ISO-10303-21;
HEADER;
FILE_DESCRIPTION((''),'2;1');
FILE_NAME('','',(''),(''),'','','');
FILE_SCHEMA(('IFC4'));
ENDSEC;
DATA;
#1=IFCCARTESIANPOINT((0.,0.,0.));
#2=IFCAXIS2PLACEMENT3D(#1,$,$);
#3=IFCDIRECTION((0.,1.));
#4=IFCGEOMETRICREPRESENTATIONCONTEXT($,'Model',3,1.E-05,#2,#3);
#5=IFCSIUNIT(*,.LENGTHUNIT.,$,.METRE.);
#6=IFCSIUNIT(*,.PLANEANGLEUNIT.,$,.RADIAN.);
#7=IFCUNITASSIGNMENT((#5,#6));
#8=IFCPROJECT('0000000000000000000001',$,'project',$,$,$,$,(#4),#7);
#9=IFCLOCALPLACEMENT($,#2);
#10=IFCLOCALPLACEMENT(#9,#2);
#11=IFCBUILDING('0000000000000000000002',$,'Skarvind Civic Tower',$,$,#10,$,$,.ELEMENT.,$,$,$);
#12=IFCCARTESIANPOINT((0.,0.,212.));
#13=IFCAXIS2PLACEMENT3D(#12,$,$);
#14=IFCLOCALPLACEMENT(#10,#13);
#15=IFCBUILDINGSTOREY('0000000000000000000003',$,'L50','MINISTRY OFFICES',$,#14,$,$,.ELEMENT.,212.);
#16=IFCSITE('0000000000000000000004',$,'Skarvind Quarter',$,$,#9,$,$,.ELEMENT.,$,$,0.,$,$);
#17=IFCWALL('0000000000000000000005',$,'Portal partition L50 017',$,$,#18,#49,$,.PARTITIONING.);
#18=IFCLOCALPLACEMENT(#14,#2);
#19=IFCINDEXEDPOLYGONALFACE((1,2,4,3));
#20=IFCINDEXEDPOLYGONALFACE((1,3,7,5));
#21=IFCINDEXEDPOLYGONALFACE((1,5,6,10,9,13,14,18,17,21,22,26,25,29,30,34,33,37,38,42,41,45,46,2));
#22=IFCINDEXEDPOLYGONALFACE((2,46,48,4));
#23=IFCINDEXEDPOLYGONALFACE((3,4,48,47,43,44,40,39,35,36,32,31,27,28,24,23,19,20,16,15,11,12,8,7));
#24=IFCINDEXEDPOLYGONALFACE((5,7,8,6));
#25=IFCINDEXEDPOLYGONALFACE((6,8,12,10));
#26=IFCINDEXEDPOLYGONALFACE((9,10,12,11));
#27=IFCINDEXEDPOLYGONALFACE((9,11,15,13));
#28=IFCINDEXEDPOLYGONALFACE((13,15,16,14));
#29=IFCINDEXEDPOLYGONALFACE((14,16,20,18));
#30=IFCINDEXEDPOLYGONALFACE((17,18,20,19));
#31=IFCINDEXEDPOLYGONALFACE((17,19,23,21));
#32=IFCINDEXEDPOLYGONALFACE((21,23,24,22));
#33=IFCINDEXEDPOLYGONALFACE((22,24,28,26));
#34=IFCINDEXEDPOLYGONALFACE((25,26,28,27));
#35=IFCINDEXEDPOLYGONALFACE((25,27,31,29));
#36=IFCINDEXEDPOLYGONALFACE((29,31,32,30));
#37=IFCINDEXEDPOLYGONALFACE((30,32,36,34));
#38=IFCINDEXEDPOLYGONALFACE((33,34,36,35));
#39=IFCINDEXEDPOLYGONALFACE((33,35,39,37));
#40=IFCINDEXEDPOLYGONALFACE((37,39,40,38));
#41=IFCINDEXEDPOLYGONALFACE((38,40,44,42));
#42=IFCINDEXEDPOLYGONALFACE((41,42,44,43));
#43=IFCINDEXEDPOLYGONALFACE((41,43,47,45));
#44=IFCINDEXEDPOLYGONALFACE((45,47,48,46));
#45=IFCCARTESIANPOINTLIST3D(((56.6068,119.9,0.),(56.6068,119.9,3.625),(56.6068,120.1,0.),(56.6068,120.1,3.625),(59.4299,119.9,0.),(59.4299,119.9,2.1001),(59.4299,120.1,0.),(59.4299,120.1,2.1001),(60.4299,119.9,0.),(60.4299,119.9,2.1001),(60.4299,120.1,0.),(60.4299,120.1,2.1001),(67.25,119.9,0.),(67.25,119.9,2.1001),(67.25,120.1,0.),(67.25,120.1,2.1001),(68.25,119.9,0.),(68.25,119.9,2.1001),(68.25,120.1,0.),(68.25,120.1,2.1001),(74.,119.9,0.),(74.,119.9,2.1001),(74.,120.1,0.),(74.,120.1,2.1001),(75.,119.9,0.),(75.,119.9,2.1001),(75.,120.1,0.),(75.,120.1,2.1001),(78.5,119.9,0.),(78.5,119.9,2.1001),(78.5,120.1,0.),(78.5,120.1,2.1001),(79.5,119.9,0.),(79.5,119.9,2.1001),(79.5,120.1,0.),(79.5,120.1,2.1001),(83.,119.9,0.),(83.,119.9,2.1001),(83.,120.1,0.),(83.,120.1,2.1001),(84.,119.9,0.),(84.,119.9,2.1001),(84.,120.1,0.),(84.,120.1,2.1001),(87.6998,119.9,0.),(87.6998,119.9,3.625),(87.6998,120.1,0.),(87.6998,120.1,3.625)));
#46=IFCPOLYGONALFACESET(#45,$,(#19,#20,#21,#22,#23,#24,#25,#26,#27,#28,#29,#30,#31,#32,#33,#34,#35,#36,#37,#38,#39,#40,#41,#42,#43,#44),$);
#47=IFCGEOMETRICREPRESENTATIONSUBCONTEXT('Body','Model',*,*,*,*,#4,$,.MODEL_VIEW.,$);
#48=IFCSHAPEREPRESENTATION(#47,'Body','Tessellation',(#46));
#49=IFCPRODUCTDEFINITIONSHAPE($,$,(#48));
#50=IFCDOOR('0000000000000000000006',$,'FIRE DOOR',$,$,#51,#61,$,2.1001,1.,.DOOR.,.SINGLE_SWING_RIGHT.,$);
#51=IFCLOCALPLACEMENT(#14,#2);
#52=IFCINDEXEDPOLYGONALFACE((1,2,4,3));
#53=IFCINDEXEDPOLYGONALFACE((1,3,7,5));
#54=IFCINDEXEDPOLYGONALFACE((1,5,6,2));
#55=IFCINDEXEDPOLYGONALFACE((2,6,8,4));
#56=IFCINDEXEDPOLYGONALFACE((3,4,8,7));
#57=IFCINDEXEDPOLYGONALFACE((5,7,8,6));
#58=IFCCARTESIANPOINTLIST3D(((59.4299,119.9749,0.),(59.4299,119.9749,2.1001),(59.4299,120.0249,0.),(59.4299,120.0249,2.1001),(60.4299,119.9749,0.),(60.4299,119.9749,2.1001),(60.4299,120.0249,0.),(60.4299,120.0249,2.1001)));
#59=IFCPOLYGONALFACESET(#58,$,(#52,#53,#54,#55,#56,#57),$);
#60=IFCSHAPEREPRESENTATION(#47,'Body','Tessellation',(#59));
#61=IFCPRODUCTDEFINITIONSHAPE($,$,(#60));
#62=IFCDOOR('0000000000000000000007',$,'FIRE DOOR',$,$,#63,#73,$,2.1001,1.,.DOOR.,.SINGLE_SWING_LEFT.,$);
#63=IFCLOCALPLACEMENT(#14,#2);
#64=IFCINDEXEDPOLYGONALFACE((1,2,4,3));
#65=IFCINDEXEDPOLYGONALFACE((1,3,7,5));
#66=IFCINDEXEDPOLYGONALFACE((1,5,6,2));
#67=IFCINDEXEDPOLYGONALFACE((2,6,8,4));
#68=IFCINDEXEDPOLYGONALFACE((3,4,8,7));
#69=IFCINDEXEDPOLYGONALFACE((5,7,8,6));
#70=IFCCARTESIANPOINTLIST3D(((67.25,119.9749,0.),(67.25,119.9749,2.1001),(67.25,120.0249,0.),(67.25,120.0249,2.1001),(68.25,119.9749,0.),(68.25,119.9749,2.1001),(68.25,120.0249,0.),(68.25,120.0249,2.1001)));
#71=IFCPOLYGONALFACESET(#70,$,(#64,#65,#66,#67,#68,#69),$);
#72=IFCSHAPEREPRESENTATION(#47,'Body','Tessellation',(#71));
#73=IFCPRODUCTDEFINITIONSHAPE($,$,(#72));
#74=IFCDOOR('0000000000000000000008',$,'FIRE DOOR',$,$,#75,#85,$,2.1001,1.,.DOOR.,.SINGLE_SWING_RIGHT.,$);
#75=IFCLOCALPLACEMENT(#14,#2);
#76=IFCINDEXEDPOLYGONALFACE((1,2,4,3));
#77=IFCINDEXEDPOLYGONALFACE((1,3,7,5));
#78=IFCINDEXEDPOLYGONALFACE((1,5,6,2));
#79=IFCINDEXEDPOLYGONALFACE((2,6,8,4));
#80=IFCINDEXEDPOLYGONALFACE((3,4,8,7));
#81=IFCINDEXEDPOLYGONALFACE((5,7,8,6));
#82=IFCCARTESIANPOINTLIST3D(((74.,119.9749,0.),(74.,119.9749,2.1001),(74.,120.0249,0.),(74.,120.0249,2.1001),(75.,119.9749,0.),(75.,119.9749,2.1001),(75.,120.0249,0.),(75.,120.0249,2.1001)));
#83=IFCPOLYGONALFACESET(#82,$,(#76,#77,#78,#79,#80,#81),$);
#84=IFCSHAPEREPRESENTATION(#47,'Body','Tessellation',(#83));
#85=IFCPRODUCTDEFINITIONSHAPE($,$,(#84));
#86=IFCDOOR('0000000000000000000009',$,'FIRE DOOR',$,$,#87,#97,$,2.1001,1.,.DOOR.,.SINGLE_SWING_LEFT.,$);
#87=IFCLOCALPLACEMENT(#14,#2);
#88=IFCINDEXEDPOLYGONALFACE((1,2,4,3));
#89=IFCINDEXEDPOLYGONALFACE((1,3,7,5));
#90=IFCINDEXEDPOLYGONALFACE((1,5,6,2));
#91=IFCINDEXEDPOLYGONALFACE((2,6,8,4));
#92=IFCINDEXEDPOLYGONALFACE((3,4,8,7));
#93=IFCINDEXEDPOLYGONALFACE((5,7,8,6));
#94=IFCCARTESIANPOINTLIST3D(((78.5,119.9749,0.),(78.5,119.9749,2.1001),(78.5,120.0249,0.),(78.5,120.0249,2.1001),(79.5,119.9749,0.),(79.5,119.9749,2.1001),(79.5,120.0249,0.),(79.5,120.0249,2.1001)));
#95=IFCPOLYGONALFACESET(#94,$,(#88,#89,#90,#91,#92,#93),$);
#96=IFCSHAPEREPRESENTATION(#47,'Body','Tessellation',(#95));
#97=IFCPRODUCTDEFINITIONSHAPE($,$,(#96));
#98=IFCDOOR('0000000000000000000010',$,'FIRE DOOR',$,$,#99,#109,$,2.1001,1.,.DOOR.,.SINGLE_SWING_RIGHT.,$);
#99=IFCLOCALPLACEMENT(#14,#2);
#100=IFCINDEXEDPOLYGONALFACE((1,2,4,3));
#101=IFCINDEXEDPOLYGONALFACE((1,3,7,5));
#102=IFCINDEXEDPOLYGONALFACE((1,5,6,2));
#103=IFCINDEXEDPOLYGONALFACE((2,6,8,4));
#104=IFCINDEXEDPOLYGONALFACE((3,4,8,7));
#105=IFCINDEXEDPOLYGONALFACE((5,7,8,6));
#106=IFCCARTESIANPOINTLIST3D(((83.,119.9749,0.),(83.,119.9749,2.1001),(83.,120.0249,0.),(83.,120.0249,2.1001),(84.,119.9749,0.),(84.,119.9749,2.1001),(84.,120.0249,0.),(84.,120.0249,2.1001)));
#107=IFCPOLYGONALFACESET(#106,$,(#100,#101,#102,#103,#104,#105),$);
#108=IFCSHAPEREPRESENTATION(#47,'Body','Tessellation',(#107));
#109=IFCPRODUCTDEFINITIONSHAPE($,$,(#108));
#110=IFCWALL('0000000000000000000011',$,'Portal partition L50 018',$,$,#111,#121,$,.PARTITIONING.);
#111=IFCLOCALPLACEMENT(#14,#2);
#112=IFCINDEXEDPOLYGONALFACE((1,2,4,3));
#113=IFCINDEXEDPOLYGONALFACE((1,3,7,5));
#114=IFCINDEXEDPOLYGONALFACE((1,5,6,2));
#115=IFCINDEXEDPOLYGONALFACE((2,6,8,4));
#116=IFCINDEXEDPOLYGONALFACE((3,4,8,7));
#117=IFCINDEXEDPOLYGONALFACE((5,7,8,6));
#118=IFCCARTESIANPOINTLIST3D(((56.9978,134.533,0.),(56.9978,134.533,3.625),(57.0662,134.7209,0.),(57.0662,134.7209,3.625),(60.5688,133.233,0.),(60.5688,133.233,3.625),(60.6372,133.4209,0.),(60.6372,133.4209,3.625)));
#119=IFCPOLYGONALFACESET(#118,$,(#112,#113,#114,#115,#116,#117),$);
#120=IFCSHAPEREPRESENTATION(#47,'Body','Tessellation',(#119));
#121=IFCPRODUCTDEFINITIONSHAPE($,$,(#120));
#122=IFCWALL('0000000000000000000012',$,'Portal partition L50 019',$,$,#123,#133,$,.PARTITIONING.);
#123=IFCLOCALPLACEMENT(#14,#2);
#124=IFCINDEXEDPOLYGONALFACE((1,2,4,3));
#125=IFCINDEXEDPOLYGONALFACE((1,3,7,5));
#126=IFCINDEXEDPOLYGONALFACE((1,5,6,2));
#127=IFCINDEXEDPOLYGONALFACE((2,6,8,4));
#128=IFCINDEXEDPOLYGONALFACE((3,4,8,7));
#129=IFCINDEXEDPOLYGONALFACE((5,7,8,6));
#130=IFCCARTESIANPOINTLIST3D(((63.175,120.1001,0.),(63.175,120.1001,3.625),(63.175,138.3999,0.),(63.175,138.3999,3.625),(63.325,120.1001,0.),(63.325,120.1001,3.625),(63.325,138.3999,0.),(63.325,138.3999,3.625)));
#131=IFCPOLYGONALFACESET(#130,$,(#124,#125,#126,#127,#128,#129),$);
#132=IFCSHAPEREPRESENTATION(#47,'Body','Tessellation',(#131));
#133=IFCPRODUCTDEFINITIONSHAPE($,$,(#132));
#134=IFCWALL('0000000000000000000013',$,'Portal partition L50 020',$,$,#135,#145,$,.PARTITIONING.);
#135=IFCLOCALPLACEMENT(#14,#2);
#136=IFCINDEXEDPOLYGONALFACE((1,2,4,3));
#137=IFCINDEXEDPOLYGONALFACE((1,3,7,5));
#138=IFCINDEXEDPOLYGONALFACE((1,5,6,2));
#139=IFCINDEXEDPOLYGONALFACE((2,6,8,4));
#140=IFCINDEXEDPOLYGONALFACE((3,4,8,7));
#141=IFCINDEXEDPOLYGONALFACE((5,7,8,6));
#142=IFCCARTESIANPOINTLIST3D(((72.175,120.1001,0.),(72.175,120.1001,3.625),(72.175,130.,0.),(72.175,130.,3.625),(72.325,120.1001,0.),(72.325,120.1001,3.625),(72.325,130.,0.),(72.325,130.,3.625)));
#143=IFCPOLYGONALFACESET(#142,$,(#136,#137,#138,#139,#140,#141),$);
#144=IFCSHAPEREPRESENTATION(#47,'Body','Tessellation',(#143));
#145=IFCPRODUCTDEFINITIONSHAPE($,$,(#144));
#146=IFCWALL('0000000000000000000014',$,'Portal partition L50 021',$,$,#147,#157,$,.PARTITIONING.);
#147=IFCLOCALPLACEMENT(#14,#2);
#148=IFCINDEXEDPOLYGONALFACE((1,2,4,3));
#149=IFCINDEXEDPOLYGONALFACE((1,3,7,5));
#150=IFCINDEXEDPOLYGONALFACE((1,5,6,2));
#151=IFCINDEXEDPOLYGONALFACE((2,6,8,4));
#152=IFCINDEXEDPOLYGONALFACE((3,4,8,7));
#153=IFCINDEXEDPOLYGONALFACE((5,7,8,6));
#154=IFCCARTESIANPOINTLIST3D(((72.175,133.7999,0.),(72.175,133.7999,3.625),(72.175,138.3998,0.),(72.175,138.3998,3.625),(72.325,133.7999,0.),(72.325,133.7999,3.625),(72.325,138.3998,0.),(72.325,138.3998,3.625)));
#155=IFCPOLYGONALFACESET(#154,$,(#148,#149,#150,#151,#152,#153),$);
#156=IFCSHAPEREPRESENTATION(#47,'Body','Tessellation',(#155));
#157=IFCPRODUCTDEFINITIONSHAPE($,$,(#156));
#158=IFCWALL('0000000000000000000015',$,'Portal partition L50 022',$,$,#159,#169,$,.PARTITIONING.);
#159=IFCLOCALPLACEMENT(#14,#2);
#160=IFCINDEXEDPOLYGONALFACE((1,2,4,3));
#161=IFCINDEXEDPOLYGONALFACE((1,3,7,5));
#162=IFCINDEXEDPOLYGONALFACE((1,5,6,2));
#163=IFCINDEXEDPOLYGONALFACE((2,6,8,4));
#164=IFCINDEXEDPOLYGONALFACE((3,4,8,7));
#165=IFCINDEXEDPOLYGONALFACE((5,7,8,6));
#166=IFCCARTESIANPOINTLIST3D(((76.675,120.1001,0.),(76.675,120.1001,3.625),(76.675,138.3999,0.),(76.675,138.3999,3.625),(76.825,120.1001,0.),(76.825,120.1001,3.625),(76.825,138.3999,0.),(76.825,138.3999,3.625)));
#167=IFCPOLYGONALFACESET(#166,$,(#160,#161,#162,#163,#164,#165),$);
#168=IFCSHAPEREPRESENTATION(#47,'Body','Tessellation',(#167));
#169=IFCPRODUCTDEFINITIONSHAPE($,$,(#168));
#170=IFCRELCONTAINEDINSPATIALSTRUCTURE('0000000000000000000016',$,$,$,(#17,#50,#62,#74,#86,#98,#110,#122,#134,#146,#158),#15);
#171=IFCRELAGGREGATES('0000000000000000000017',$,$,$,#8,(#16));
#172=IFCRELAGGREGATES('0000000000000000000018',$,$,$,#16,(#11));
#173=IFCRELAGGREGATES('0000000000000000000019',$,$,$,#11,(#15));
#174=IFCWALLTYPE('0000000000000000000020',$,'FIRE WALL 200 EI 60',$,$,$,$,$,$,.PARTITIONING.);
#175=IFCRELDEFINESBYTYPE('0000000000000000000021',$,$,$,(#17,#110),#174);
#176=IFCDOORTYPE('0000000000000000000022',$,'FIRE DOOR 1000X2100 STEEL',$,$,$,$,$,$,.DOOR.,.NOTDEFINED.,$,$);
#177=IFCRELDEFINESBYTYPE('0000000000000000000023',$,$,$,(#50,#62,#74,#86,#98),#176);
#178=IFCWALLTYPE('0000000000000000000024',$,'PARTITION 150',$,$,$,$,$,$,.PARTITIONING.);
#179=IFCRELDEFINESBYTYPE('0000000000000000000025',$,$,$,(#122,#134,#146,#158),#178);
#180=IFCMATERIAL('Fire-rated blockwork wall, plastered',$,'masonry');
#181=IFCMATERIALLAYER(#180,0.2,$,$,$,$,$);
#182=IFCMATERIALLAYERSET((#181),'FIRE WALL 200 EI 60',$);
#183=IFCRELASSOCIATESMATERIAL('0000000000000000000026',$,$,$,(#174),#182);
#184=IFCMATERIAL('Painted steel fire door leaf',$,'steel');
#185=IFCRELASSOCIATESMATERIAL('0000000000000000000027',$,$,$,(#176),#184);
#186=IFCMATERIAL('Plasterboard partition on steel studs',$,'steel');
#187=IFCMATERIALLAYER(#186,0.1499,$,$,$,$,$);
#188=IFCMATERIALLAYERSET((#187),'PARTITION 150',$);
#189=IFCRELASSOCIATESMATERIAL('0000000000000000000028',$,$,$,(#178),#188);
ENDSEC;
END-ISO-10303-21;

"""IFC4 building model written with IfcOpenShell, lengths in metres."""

from ifc_helpers import new_model, si_unit, direction, frame, frame_2d, origin, place, context, subcontext, project, spatial, rectangle, extrude, material, layer, layer_set, type_object, element, fill, save


model = new_model("IFC4")

# Units and contexts
model_context = context("Model", 3, precision=1e-05, world=origin(), true_north=direction((0.0, 1.0)))
body_context = subcontext(model_context, "Body", "Model", "MODEL_VIEW")
ifc_project = project(units=[si_unit("LENGTHUNIT", "METRE"), si_unit("PLANEANGLEUNIT", "RADIAN")], contexts=[model_context])

# Site, building, storey
site_placement = place(None, origin())
site = spatial("IfcSite", under=ifc_project, at=site_placement, Name="Skarvind Quarter", CompositionType="ELEMENT", RefElevation=0.0)
building_placement = place(site_placement, origin())
building = spatial("IfcBuilding", under=site, at=building_placement, Name="Skarvind Civic Tower", CompositionType="ELEMENT")
storey_placement = place(building_placement, frame((0.0, 0.0, 212.0)))
storey = spatial("IfcBuildingStorey", under=building, at=storey_placement, Name="L50", Description="MINISTRY OFFICES", CompositionType="ELEMENT", Elevation=212.0)

# Shared definitions
ifc_material_1 = material(Name="Fire-rated blockwork wall, plastered", Category="masonry")
ifc_layer_1 = layer(ifc_material_1, 0.2)
ifc_layer_set_1 = layer_set([ifc_layer_1], Name="FIRE WALL 200 EI 60")
wall_type_1 = type_object("IfcWallType", Name="FIRE WALL 200 EI 60", PredefinedType="PARTITIONING", material=ifc_layer_set_1)

# Wall, openings, doors
wall_1_placement = place(storey_placement, frame((56.6069, 120.0, 0.0), z_axis=(0.0, 0.0, 1.0), x_axis=(1.0, 0.0, 0.0)))
wall_1 = element("IfcWall", 1, at=wall_1_placement, inside=storey, type_object=wall_type_1, Name="Portal partition L50 017", PredefinedType="PARTITIONING", context=body_context, shape_type="SweptSolid", body=[
    extrude(rectangle(XDim=31.093, YDim=0.2, at=frame_2d((15.5464, 0.0))), origin(), (0.0, 0.0, 1.0), 3.625),
])
opening_1_placement = place(wall_1_placement, frame((2.823, 0.0, 0.0)))
opening_1 = element("IfcOpeningElement", 2, at=opening_1_placement, cuts=wall_1, PredefinedType="OPENING", context=body_context, shape_type="SweptSolid", body=[
    extrude(rectangle(XDim=1.0, YDim=2.1001, at=frame_2d((0.5, 1.05))), frame((0.0, 0.1099, 0.0), z_axis=(0.0, -1.0, 0.0), x_axis=(1.0, 0.0, 0.0)), (0.0, 0.0, 1.0), 0.22),
])
opening_2_placement = place(wall_1_placement, frame((10.6431, 0.0, 0.0)))
opening_2 = element("IfcOpeningElement", 3, at=opening_2_placement, cuts=wall_1, PredefinedType="OPENING", context=body_context, shape_type="SweptSolid", body=[
    extrude(rectangle(XDim=1.0, YDim=2.1001, at=frame_2d((0.5, 1.05))), frame((0.0, 0.1099, 0.0), z_axis=(0.0, -1.0, 0.0), x_axis=(1.0, 0.0, 0.0)), (0.0, 0.0, 1.0), 0.22),
])
opening_3_placement = place(wall_1_placement, frame((17.3931, 0.0, 0.0)))
opening_3 = element("IfcOpeningElement", 4, at=opening_3_placement, cuts=wall_1, PredefinedType="OPENING", context=body_context, shape_type="SweptSolid", body=[
    extrude(rectangle(XDim=1.0, YDim=2.1001, at=frame_2d((0.5, 1.05))), frame((0.0, 0.1099, 0.0), z_axis=(0.0, -1.0, 0.0), x_axis=(1.0, 0.0, 0.0)), (0.0, 0.0, 1.0), 0.22),
])
opening_4_placement = place(wall_1_placement, frame((21.8931, 0.0, 0.0)))
opening_4 = element("IfcOpeningElement", 5, at=opening_4_placement, cuts=wall_1, PredefinedType="OPENING", context=body_context, shape_type="SweptSolid", body=[
    extrude(rectangle(XDim=1.0, YDim=2.1001, at=frame_2d((0.5, 1.05))), frame((0.0, 0.1099, 0.0), z_axis=(0.0, -1.0, 0.0), x_axis=(1.0, 0.0, 0.0)), (0.0, 0.0, 1.0), 0.22),
])
opening_5_placement = place(wall_1_placement, frame((26.3931, 0.0, 0.0)))
opening_5 = element("IfcOpeningElement", 6, at=opening_5_placement, cuts=wall_1, PredefinedType="OPENING", context=body_context, shape_type="SweptSolid", body=[
    extrude(rectangle(XDim=1.0, YDim=2.1001, at=frame_2d((0.5, 1.05))), frame((0.0, 0.1099, 0.0), z_axis=(0.0, -1.0, 0.0), x_axis=(1.0, 0.0, 0.0)), (0.0, 0.0, 1.0), 0.22),
])
ifc_material_2 = material(Name="Painted steel fire door leaf", Category="steel")
door_type_1 = type_object("IfcDoorType", Name="FIRE DOOR 1000X2100 STEEL", OperationType="NOTDEFINED", PredefinedType="DOOR", material=ifc_material_2)
door_1_placement = place(opening_1_placement, origin())
door_1 = element("IfcDoor", 7, at=door_1_placement, inside=storey, type_object=door_type_1, Name="FIRE DOOR", OperationType="SINGLE_SWING_RIGHT", OverallHeight=2.1001, OverallWidth=1.0, PredefinedType="DOOR", context=body_context, shape_type="SweptSolid", body=[
    extrude(rectangle(XDim=1.0, YDim=2.1001, at=frame_2d((0.5, 1.05))), frame((0.0, 0.0249, 0.0), z_axis=(0.0, -1.0, 0.0), x_axis=(1.0, 0.0, 0.0)), (0.0, 0.0, 1.0), 0.05),
])
fill(opening_1, door_1)
door_2_placement = place(opening_2_placement, origin())
door_2 = element("IfcDoor", 8, at=door_2_placement, inside=storey, type_object=door_type_1, Name="FIRE DOOR", OperationType="SINGLE_SWING_LEFT", OverallHeight=2.1001, OverallWidth=1.0, PredefinedType="DOOR", context=body_context, shape_type="SweptSolid", body=[
    extrude(rectangle(XDim=1.0, YDim=2.1001, at=frame_2d((0.5, 1.05))), frame((0.0, 0.0249, 0.0), z_axis=(0.0, -1.0, 0.0), x_axis=(1.0, 0.0, 0.0)), (0.0, 0.0, 1.0), 0.05),
])
fill(opening_2, door_2)
door_3_placement = place(opening_3_placement, origin())
door_3 = element("IfcDoor", 9, at=door_3_placement, inside=storey, type_object=door_type_1, Name="FIRE DOOR", OperationType="SINGLE_SWING_RIGHT", OverallHeight=2.1001, OverallWidth=1.0, PredefinedType="DOOR", context=body_context, shape_type="SweptSolid", body=[
    extrude(rectangle(XDim=1.0, YDim=2.1001, at=frame_2d((0.5, 1.05))), frame((0.0, 0.0249, 0.0), z_axis=(0.0, -1.0, 0.0), x_axis=(1.0, 0.0, 0.0)), (0.0, 0.0, 1.0), 0.05),
])
fill(opening_3, door_3)
door_4_placement = place(opening_4_placement, origin())
door_4 = element("IfcDoor", 10, at=door_4_placement, inside=storey, type_object=door_type_1, Name="FIRE DOOR", OperationType="SINGLE_SWING_LEFT", OverallHeight=2.1001, OverallWidth=1.0, PredefinedType="DOOR", context=body_context, shape_type="SweptSolid", body=[
    extrude(rectangle(XDim=1.0, YDim=2.1001, at=frame_2d((0.5, 1.05))), frame((0.0, 0.0249, 0.0), z_axis=(0.0, -1.0, 0.0), x_axis=(1.0, 0.0, 0.0)), (0.0, 0.0, 1.0), 0.05),
])
fill(opening_4, door_4)
door_5_placement = place(opening_5_placement, origin())
door_5 = element("IfcDoor", 11, at=door_5_placement, inside=storey, type_object=door_type_1, Name="FIRE DOOR", OperationType="SINGLE_SWING_RIGHT", OverallHeight=2.1001, OverallWidth=1.0, PredefinedType="DOOR", context=body_context, shape_type="SweptSolid", body=[
    extrude(rectangle(XDim=1.0, YDim=2.1001, at=frame_2d((0.5, 1.05))), frame((0.0, 0.0249, 0.0), z_axis=(0.0, -1.0, 0.0), x_axis=(1.0, 0.0, 0.0)), (0.0, 0.0, 1.0), 0.05),
])
fill(opening_5, door_5)

# Walls
wall_2_placement = place(storey_placement, frame((57.032, 134.627, 0.0), z_axis=(0.0, 0.0, 1.0), x_axis=(0.939668, -0.342089, 0.0)))
element("IfcWall", 12, at=wall_2_placement, inside=storey, type_object=wall_type_1, Name="Portal partition L50 018", PredefinedType="PARTITIONING", context=body_context, shape_type="SweptSolid", body=[
    extrude(rectangle(XDim=3.8003, YDim=0.2, at=frame_2d((1.9001, 0.0))), origin(), (0.0, 0.0, 1.0), 3.625),
])
ifc_material_3 = material(Name="Plasterboard partition on steel studs", Category="steel")
ifc_layer_2 = layer(ifc_material_3, 0.1499)
ifc_layer_set_2 = layer_set([ifc_layer_2], Name="PARTITION 150")
wall_type_2 = type_object("IfcWallType", Name="PARTITION 150", PredefinedType="PARTITIONING", material=ifc_layer_set_2)
wall_3_placement = place(storey_placement, frame((63.25, 120.1001, 0.0), z_axis=(0.0, 0.0, 1.0), x_axis=(0.0, 1.0, 0.0)))
element("IfcWall", 13, at=wall_3_placement, inside=storey, type_object=wall_type_2, Name="Portal partition L50 019", PredefinedType="PARTITIONING", context=body_context, shape_type="SweptSolid", body=[
    extrude(rectangle(XDim=18.2998, YDim=0.1499, at=frame_2d((9.1499, 0.0))), origin(), (0.0, 0.0, 1.0), 3.625),
])
wall_4_placement = place(storey_placement, frame((72.25, 120.1001, 0.0), z_axis=(0.0, 0.0, 1.0), x_axis=(0.0, 1.0, 0.0)))
element("IfcWall", 14, at=wall_4_placement, inside=storey, type_object=wall_type_2, Name="Portal partition L50 020", PredefinedType="PARTITIONING", context=body_context, shape_type="SweptSolid", body=[
    extrude(rectangle(XDim=9.8999, YDim=0.1499, at=frame_2d((4.95, 0.0))), origin(), (0.0, 0.0, 1.0), 3.625),
])
wall_5_placement = place(storey_placement, frame((72.25, 133.8, 0.0), z_axis=(0.0, 0.0, 1.0), x_axis=(0.0, 1.0, 0.0)))
element("IfcWall", 15, at=wall_5_placement, inside=storey, type_object=wall_type_2, Name="Portal partition L50 021", PredefinedType="PARTITIONING", context=body_context, shape_type="SweptSolid", body=[
    extrude(rectangle(XDim=4.5999, YDim=0.1499, at=frame_2d((2.2998, 0.0))), origin(), (0.0, 0.0, 1.0), 3.625),
])
for number, where, z_axis, x_axis, name in (
    (16, (76.75, 120.1001, 0.0), (0.0, 0.0, 1.0), (0.0, 1.0, 0.0), "Portal partition L50 022"),
):
    element("IfcWall", number, at=place(storey_placement, frame(where, z_axis=z_axis, x_axis=x_axis)), inside=storey, type_object=wall_type_2, Name=name, PredefinedType="PARTITIONING", context=body_context, shape_type="SweptSolid", body=[
        extrude(rectangle(XDim=18.2998, YDim=0.1499, at=frame_2d((9.1499, 0.0))), origin(), (0.0, 0.0, 1.0), 3.625),
    ])

save(model, "model.ifc")
